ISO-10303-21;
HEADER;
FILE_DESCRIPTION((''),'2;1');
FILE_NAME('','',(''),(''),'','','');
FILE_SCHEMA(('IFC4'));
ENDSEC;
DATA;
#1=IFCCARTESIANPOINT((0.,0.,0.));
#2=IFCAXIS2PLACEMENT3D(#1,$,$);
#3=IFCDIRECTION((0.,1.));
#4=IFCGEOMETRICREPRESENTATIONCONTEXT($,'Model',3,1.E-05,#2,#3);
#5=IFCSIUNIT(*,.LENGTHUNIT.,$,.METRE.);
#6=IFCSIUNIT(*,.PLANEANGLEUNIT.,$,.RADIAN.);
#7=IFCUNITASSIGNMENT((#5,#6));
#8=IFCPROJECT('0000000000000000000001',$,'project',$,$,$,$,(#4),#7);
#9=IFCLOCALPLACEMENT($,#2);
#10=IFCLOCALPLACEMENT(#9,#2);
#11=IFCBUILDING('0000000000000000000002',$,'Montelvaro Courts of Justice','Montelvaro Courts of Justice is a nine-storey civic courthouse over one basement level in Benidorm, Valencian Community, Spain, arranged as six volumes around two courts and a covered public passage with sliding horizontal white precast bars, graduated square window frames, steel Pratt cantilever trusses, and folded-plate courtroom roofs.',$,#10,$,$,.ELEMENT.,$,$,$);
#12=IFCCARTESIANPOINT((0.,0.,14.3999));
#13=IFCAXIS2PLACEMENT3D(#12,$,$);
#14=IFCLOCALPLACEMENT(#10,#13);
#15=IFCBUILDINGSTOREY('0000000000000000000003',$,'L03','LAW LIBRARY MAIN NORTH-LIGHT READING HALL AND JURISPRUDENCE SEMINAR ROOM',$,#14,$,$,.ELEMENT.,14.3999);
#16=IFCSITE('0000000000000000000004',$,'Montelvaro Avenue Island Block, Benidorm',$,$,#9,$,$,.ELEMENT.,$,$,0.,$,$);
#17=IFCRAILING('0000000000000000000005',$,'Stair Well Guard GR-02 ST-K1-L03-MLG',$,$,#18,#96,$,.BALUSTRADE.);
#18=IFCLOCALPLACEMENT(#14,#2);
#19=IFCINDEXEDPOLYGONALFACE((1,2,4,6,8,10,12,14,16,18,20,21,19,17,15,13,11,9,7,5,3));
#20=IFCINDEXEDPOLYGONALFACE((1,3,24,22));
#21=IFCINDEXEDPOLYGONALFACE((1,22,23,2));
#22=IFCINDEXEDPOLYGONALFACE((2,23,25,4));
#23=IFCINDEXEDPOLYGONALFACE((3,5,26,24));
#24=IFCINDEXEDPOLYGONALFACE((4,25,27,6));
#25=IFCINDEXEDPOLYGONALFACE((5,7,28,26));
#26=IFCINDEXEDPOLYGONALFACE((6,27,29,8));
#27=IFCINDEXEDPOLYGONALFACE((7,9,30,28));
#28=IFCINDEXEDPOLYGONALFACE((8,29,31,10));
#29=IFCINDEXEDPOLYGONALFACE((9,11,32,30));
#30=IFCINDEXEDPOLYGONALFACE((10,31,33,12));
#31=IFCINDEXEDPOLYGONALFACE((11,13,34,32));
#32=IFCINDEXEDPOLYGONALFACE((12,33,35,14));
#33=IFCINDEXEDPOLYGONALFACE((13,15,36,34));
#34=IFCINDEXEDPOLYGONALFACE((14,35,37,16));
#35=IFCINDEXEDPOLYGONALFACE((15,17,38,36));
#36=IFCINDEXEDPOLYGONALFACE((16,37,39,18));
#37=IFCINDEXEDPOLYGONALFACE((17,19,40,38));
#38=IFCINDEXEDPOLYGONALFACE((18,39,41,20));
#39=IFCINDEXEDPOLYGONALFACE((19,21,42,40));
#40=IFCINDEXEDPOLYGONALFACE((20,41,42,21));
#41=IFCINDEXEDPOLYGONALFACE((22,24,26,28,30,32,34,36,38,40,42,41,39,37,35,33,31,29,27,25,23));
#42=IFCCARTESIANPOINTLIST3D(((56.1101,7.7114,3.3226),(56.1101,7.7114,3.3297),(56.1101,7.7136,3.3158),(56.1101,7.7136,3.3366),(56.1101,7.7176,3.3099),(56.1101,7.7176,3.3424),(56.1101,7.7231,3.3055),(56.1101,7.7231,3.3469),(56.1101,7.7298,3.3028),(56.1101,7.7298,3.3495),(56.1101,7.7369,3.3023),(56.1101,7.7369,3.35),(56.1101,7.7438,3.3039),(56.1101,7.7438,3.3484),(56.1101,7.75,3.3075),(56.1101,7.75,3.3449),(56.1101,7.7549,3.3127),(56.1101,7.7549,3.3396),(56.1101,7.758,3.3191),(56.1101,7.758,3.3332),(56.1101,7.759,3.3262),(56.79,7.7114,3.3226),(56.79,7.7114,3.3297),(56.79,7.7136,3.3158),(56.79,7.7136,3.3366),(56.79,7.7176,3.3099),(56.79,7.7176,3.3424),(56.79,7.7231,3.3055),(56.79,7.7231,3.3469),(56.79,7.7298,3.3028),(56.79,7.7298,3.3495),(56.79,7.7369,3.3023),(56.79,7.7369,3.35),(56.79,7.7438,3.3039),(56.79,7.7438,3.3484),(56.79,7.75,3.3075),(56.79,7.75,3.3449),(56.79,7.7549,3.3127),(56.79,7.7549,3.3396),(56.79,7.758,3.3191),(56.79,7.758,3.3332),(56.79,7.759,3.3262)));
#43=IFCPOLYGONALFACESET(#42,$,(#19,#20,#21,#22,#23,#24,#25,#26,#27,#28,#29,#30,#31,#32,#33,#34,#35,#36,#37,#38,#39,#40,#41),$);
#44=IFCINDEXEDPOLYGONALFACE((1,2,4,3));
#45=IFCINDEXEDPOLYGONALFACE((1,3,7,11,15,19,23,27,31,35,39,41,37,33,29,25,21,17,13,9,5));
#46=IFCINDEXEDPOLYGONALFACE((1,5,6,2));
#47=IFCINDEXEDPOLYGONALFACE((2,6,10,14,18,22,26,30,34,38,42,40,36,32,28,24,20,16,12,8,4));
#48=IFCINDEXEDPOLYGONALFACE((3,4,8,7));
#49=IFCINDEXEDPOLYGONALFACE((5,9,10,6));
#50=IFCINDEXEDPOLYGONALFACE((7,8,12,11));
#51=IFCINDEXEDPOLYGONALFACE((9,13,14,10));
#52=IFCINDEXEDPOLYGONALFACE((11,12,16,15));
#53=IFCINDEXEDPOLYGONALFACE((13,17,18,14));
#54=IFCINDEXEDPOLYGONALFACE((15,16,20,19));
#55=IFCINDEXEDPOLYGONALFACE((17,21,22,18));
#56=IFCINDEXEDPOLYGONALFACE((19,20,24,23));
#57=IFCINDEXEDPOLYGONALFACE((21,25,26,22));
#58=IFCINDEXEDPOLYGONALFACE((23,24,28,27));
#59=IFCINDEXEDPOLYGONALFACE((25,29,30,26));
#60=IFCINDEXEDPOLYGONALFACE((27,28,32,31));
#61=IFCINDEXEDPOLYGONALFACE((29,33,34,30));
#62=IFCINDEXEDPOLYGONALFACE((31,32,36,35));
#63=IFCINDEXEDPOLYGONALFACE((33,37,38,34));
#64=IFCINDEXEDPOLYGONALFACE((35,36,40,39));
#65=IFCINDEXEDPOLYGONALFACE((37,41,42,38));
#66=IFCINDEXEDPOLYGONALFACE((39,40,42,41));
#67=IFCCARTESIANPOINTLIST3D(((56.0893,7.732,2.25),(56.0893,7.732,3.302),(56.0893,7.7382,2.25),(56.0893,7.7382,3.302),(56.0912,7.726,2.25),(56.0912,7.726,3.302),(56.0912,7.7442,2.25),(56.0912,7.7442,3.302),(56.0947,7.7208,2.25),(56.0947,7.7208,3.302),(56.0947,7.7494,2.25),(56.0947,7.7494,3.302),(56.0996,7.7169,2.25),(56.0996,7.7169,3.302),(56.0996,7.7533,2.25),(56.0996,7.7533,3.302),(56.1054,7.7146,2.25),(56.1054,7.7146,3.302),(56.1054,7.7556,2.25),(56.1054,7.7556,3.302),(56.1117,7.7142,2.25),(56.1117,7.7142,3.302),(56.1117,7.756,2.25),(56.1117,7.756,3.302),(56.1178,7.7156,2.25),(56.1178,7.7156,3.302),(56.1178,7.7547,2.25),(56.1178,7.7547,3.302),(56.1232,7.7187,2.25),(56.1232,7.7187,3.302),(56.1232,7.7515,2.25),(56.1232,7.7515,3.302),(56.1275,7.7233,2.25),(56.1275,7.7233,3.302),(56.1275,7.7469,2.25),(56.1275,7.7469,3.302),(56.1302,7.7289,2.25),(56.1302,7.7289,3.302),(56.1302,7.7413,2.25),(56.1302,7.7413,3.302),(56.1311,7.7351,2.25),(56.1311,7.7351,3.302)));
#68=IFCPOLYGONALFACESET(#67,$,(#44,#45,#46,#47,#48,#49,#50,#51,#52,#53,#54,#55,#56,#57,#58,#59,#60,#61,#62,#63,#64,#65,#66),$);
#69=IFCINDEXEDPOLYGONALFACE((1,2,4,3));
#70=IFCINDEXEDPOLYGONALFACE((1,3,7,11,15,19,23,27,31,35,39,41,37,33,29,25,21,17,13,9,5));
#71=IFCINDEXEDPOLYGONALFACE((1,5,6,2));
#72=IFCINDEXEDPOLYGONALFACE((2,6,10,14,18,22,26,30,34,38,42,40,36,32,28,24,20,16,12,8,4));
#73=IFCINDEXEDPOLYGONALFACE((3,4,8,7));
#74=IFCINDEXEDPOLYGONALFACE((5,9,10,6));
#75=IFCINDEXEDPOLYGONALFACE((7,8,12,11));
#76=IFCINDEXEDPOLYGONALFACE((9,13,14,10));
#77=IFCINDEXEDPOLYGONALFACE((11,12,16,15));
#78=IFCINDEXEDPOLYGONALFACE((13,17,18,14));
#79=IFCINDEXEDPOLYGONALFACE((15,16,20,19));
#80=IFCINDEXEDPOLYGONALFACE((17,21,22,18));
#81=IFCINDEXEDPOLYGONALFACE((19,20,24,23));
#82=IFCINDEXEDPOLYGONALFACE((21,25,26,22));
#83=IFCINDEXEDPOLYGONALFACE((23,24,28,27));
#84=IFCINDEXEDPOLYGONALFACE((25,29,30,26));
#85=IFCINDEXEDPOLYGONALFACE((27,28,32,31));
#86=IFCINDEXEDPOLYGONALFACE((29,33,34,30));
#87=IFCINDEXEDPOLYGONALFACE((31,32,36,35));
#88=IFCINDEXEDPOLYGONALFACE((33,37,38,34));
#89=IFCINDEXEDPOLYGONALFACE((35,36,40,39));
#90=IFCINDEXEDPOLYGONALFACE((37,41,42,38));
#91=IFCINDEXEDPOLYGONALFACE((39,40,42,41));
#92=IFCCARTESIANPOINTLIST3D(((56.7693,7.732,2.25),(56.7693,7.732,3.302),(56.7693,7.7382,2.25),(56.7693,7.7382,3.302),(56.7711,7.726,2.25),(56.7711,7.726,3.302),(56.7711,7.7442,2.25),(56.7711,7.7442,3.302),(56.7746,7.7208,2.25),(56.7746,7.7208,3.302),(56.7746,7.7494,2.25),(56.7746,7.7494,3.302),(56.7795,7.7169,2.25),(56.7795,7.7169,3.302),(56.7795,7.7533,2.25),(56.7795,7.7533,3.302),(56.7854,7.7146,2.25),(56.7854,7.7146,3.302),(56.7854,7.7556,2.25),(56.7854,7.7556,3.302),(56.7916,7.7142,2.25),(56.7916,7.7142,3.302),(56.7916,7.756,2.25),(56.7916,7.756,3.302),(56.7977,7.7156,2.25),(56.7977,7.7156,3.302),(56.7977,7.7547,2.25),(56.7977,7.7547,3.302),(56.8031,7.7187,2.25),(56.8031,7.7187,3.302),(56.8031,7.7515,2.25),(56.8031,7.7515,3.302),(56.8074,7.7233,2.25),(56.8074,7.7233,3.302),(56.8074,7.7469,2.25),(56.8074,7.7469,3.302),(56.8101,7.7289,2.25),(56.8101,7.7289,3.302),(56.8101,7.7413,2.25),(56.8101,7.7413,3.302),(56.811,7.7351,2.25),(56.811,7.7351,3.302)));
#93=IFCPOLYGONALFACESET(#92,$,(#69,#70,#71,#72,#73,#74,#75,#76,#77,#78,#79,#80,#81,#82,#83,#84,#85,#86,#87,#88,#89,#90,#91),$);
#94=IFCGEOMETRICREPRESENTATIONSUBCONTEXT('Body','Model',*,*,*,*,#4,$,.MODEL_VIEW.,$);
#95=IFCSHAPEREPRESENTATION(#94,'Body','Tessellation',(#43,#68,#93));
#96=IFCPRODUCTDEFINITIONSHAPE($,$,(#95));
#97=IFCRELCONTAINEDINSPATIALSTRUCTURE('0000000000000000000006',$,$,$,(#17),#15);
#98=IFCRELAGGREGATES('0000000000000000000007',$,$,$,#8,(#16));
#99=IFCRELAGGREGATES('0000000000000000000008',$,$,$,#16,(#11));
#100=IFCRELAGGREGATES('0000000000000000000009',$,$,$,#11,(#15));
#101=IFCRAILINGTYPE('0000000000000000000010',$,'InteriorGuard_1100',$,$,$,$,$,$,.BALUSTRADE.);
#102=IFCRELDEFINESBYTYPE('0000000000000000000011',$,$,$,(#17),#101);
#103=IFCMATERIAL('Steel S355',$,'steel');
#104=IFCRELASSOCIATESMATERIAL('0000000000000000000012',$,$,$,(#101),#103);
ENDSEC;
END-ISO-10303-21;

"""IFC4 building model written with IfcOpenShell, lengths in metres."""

from ifc_helpers import new_model, si_unit, direction, frame, origin, origin_2d, place, context, subcontext, project, spatial, circle, extrude, material, type_object, element, save


model = new_model("IFC4")

# Units and contexts
model_context = context("Model", 3, precision=1e-05, world=origin(), true_north=direction((0.0, 1.0)))
body_context = subcontext(model_context, "Body", "Model", "MODEL_VIEW")
ifc_project = project(units=[si_unit("LENGTHUNIT", "METRE"), si_unit("PLANEANGLEUNIT", "RADIAN")], contexts=[model_context])

# Site, building, storey
site_placement = place(None, origin())
site = spatial("IfcSite", under=ifc_project, at=site_placement, Name="Montelvaro Avenue Island Block, Benidorm", CompositionType="ELEMENT", RefElevation=0.0)
building_placement = place(site_placement, origin())
building = spatial("IfcBuilding", under=site, at=building_placement, Name="Montelvaro Courts of Justice", Description="Montelvaro Courts of Justice is a nine-storey civic courthouse over one basement level in Benidorm, Valencian Community, Spain, arranged as six volumes around two courts and a covered public passage with sliding horizontal white precast bars, graduated square window frames, steel Pratt cantilever trusses, and folded-plate courtroom roofs.", CompositionType="ELEMENT")
storey_placement = place(building_placement, frame((0.0, 0.0, 14.3999)))
storey = spatial("IfcBuildingStorey", under=building, at=storey_placement, Name="L03", Description="LAW LIBRARY MAIN NORTH-LIGHT READING HALL AND JURISPRUDENCE SEMINAR ROOM", CompositionType="ELEMENT", Elevation=14.3999)

# Shared definitions
ifc_material_1 = material(Name="Steel S355", Category="steel")

# Railing
railing_type_1 = type_object("IfcRailingType", Name="InteriorGuard_1100", PredefinedType="BALUSTRADE", material=ifc_material_1)
railing_1_placement = place(storey_placement, frame((56.1101, 7.7351, 2.25)))
element("IfcRailing", 1, at=railing_1_placement, inside=storey, type_object=railing_type_1, Name="Stair Well Guard GR-02 ST-K1-L03-MLG", PredefinedType="BALUSTRADE", context=body_context, shape_type="SweptSolid", body=[
    extrude(circle(Radius=0.0239, at=origin_2d()), frame((0.0, 0.0, 1.0762), z_axis=(1.0, 0.0, 0.0), x_axis=(0.0, 1.0, 0.0)), (0.0, 0.0, 1.0), 0.6799),
    extrude(circle(Radius=0.021, at=origin_2d()), origin(), (0.0, 0.0, 1.0), 1.052),
    extrude(circle(Radius=0.021, at=origin_2d()), frame((0.6799, 0.0, 0.0)), (0.0, 0.0, 1.0), 1.052),
])

save(model, "model.ifc")
